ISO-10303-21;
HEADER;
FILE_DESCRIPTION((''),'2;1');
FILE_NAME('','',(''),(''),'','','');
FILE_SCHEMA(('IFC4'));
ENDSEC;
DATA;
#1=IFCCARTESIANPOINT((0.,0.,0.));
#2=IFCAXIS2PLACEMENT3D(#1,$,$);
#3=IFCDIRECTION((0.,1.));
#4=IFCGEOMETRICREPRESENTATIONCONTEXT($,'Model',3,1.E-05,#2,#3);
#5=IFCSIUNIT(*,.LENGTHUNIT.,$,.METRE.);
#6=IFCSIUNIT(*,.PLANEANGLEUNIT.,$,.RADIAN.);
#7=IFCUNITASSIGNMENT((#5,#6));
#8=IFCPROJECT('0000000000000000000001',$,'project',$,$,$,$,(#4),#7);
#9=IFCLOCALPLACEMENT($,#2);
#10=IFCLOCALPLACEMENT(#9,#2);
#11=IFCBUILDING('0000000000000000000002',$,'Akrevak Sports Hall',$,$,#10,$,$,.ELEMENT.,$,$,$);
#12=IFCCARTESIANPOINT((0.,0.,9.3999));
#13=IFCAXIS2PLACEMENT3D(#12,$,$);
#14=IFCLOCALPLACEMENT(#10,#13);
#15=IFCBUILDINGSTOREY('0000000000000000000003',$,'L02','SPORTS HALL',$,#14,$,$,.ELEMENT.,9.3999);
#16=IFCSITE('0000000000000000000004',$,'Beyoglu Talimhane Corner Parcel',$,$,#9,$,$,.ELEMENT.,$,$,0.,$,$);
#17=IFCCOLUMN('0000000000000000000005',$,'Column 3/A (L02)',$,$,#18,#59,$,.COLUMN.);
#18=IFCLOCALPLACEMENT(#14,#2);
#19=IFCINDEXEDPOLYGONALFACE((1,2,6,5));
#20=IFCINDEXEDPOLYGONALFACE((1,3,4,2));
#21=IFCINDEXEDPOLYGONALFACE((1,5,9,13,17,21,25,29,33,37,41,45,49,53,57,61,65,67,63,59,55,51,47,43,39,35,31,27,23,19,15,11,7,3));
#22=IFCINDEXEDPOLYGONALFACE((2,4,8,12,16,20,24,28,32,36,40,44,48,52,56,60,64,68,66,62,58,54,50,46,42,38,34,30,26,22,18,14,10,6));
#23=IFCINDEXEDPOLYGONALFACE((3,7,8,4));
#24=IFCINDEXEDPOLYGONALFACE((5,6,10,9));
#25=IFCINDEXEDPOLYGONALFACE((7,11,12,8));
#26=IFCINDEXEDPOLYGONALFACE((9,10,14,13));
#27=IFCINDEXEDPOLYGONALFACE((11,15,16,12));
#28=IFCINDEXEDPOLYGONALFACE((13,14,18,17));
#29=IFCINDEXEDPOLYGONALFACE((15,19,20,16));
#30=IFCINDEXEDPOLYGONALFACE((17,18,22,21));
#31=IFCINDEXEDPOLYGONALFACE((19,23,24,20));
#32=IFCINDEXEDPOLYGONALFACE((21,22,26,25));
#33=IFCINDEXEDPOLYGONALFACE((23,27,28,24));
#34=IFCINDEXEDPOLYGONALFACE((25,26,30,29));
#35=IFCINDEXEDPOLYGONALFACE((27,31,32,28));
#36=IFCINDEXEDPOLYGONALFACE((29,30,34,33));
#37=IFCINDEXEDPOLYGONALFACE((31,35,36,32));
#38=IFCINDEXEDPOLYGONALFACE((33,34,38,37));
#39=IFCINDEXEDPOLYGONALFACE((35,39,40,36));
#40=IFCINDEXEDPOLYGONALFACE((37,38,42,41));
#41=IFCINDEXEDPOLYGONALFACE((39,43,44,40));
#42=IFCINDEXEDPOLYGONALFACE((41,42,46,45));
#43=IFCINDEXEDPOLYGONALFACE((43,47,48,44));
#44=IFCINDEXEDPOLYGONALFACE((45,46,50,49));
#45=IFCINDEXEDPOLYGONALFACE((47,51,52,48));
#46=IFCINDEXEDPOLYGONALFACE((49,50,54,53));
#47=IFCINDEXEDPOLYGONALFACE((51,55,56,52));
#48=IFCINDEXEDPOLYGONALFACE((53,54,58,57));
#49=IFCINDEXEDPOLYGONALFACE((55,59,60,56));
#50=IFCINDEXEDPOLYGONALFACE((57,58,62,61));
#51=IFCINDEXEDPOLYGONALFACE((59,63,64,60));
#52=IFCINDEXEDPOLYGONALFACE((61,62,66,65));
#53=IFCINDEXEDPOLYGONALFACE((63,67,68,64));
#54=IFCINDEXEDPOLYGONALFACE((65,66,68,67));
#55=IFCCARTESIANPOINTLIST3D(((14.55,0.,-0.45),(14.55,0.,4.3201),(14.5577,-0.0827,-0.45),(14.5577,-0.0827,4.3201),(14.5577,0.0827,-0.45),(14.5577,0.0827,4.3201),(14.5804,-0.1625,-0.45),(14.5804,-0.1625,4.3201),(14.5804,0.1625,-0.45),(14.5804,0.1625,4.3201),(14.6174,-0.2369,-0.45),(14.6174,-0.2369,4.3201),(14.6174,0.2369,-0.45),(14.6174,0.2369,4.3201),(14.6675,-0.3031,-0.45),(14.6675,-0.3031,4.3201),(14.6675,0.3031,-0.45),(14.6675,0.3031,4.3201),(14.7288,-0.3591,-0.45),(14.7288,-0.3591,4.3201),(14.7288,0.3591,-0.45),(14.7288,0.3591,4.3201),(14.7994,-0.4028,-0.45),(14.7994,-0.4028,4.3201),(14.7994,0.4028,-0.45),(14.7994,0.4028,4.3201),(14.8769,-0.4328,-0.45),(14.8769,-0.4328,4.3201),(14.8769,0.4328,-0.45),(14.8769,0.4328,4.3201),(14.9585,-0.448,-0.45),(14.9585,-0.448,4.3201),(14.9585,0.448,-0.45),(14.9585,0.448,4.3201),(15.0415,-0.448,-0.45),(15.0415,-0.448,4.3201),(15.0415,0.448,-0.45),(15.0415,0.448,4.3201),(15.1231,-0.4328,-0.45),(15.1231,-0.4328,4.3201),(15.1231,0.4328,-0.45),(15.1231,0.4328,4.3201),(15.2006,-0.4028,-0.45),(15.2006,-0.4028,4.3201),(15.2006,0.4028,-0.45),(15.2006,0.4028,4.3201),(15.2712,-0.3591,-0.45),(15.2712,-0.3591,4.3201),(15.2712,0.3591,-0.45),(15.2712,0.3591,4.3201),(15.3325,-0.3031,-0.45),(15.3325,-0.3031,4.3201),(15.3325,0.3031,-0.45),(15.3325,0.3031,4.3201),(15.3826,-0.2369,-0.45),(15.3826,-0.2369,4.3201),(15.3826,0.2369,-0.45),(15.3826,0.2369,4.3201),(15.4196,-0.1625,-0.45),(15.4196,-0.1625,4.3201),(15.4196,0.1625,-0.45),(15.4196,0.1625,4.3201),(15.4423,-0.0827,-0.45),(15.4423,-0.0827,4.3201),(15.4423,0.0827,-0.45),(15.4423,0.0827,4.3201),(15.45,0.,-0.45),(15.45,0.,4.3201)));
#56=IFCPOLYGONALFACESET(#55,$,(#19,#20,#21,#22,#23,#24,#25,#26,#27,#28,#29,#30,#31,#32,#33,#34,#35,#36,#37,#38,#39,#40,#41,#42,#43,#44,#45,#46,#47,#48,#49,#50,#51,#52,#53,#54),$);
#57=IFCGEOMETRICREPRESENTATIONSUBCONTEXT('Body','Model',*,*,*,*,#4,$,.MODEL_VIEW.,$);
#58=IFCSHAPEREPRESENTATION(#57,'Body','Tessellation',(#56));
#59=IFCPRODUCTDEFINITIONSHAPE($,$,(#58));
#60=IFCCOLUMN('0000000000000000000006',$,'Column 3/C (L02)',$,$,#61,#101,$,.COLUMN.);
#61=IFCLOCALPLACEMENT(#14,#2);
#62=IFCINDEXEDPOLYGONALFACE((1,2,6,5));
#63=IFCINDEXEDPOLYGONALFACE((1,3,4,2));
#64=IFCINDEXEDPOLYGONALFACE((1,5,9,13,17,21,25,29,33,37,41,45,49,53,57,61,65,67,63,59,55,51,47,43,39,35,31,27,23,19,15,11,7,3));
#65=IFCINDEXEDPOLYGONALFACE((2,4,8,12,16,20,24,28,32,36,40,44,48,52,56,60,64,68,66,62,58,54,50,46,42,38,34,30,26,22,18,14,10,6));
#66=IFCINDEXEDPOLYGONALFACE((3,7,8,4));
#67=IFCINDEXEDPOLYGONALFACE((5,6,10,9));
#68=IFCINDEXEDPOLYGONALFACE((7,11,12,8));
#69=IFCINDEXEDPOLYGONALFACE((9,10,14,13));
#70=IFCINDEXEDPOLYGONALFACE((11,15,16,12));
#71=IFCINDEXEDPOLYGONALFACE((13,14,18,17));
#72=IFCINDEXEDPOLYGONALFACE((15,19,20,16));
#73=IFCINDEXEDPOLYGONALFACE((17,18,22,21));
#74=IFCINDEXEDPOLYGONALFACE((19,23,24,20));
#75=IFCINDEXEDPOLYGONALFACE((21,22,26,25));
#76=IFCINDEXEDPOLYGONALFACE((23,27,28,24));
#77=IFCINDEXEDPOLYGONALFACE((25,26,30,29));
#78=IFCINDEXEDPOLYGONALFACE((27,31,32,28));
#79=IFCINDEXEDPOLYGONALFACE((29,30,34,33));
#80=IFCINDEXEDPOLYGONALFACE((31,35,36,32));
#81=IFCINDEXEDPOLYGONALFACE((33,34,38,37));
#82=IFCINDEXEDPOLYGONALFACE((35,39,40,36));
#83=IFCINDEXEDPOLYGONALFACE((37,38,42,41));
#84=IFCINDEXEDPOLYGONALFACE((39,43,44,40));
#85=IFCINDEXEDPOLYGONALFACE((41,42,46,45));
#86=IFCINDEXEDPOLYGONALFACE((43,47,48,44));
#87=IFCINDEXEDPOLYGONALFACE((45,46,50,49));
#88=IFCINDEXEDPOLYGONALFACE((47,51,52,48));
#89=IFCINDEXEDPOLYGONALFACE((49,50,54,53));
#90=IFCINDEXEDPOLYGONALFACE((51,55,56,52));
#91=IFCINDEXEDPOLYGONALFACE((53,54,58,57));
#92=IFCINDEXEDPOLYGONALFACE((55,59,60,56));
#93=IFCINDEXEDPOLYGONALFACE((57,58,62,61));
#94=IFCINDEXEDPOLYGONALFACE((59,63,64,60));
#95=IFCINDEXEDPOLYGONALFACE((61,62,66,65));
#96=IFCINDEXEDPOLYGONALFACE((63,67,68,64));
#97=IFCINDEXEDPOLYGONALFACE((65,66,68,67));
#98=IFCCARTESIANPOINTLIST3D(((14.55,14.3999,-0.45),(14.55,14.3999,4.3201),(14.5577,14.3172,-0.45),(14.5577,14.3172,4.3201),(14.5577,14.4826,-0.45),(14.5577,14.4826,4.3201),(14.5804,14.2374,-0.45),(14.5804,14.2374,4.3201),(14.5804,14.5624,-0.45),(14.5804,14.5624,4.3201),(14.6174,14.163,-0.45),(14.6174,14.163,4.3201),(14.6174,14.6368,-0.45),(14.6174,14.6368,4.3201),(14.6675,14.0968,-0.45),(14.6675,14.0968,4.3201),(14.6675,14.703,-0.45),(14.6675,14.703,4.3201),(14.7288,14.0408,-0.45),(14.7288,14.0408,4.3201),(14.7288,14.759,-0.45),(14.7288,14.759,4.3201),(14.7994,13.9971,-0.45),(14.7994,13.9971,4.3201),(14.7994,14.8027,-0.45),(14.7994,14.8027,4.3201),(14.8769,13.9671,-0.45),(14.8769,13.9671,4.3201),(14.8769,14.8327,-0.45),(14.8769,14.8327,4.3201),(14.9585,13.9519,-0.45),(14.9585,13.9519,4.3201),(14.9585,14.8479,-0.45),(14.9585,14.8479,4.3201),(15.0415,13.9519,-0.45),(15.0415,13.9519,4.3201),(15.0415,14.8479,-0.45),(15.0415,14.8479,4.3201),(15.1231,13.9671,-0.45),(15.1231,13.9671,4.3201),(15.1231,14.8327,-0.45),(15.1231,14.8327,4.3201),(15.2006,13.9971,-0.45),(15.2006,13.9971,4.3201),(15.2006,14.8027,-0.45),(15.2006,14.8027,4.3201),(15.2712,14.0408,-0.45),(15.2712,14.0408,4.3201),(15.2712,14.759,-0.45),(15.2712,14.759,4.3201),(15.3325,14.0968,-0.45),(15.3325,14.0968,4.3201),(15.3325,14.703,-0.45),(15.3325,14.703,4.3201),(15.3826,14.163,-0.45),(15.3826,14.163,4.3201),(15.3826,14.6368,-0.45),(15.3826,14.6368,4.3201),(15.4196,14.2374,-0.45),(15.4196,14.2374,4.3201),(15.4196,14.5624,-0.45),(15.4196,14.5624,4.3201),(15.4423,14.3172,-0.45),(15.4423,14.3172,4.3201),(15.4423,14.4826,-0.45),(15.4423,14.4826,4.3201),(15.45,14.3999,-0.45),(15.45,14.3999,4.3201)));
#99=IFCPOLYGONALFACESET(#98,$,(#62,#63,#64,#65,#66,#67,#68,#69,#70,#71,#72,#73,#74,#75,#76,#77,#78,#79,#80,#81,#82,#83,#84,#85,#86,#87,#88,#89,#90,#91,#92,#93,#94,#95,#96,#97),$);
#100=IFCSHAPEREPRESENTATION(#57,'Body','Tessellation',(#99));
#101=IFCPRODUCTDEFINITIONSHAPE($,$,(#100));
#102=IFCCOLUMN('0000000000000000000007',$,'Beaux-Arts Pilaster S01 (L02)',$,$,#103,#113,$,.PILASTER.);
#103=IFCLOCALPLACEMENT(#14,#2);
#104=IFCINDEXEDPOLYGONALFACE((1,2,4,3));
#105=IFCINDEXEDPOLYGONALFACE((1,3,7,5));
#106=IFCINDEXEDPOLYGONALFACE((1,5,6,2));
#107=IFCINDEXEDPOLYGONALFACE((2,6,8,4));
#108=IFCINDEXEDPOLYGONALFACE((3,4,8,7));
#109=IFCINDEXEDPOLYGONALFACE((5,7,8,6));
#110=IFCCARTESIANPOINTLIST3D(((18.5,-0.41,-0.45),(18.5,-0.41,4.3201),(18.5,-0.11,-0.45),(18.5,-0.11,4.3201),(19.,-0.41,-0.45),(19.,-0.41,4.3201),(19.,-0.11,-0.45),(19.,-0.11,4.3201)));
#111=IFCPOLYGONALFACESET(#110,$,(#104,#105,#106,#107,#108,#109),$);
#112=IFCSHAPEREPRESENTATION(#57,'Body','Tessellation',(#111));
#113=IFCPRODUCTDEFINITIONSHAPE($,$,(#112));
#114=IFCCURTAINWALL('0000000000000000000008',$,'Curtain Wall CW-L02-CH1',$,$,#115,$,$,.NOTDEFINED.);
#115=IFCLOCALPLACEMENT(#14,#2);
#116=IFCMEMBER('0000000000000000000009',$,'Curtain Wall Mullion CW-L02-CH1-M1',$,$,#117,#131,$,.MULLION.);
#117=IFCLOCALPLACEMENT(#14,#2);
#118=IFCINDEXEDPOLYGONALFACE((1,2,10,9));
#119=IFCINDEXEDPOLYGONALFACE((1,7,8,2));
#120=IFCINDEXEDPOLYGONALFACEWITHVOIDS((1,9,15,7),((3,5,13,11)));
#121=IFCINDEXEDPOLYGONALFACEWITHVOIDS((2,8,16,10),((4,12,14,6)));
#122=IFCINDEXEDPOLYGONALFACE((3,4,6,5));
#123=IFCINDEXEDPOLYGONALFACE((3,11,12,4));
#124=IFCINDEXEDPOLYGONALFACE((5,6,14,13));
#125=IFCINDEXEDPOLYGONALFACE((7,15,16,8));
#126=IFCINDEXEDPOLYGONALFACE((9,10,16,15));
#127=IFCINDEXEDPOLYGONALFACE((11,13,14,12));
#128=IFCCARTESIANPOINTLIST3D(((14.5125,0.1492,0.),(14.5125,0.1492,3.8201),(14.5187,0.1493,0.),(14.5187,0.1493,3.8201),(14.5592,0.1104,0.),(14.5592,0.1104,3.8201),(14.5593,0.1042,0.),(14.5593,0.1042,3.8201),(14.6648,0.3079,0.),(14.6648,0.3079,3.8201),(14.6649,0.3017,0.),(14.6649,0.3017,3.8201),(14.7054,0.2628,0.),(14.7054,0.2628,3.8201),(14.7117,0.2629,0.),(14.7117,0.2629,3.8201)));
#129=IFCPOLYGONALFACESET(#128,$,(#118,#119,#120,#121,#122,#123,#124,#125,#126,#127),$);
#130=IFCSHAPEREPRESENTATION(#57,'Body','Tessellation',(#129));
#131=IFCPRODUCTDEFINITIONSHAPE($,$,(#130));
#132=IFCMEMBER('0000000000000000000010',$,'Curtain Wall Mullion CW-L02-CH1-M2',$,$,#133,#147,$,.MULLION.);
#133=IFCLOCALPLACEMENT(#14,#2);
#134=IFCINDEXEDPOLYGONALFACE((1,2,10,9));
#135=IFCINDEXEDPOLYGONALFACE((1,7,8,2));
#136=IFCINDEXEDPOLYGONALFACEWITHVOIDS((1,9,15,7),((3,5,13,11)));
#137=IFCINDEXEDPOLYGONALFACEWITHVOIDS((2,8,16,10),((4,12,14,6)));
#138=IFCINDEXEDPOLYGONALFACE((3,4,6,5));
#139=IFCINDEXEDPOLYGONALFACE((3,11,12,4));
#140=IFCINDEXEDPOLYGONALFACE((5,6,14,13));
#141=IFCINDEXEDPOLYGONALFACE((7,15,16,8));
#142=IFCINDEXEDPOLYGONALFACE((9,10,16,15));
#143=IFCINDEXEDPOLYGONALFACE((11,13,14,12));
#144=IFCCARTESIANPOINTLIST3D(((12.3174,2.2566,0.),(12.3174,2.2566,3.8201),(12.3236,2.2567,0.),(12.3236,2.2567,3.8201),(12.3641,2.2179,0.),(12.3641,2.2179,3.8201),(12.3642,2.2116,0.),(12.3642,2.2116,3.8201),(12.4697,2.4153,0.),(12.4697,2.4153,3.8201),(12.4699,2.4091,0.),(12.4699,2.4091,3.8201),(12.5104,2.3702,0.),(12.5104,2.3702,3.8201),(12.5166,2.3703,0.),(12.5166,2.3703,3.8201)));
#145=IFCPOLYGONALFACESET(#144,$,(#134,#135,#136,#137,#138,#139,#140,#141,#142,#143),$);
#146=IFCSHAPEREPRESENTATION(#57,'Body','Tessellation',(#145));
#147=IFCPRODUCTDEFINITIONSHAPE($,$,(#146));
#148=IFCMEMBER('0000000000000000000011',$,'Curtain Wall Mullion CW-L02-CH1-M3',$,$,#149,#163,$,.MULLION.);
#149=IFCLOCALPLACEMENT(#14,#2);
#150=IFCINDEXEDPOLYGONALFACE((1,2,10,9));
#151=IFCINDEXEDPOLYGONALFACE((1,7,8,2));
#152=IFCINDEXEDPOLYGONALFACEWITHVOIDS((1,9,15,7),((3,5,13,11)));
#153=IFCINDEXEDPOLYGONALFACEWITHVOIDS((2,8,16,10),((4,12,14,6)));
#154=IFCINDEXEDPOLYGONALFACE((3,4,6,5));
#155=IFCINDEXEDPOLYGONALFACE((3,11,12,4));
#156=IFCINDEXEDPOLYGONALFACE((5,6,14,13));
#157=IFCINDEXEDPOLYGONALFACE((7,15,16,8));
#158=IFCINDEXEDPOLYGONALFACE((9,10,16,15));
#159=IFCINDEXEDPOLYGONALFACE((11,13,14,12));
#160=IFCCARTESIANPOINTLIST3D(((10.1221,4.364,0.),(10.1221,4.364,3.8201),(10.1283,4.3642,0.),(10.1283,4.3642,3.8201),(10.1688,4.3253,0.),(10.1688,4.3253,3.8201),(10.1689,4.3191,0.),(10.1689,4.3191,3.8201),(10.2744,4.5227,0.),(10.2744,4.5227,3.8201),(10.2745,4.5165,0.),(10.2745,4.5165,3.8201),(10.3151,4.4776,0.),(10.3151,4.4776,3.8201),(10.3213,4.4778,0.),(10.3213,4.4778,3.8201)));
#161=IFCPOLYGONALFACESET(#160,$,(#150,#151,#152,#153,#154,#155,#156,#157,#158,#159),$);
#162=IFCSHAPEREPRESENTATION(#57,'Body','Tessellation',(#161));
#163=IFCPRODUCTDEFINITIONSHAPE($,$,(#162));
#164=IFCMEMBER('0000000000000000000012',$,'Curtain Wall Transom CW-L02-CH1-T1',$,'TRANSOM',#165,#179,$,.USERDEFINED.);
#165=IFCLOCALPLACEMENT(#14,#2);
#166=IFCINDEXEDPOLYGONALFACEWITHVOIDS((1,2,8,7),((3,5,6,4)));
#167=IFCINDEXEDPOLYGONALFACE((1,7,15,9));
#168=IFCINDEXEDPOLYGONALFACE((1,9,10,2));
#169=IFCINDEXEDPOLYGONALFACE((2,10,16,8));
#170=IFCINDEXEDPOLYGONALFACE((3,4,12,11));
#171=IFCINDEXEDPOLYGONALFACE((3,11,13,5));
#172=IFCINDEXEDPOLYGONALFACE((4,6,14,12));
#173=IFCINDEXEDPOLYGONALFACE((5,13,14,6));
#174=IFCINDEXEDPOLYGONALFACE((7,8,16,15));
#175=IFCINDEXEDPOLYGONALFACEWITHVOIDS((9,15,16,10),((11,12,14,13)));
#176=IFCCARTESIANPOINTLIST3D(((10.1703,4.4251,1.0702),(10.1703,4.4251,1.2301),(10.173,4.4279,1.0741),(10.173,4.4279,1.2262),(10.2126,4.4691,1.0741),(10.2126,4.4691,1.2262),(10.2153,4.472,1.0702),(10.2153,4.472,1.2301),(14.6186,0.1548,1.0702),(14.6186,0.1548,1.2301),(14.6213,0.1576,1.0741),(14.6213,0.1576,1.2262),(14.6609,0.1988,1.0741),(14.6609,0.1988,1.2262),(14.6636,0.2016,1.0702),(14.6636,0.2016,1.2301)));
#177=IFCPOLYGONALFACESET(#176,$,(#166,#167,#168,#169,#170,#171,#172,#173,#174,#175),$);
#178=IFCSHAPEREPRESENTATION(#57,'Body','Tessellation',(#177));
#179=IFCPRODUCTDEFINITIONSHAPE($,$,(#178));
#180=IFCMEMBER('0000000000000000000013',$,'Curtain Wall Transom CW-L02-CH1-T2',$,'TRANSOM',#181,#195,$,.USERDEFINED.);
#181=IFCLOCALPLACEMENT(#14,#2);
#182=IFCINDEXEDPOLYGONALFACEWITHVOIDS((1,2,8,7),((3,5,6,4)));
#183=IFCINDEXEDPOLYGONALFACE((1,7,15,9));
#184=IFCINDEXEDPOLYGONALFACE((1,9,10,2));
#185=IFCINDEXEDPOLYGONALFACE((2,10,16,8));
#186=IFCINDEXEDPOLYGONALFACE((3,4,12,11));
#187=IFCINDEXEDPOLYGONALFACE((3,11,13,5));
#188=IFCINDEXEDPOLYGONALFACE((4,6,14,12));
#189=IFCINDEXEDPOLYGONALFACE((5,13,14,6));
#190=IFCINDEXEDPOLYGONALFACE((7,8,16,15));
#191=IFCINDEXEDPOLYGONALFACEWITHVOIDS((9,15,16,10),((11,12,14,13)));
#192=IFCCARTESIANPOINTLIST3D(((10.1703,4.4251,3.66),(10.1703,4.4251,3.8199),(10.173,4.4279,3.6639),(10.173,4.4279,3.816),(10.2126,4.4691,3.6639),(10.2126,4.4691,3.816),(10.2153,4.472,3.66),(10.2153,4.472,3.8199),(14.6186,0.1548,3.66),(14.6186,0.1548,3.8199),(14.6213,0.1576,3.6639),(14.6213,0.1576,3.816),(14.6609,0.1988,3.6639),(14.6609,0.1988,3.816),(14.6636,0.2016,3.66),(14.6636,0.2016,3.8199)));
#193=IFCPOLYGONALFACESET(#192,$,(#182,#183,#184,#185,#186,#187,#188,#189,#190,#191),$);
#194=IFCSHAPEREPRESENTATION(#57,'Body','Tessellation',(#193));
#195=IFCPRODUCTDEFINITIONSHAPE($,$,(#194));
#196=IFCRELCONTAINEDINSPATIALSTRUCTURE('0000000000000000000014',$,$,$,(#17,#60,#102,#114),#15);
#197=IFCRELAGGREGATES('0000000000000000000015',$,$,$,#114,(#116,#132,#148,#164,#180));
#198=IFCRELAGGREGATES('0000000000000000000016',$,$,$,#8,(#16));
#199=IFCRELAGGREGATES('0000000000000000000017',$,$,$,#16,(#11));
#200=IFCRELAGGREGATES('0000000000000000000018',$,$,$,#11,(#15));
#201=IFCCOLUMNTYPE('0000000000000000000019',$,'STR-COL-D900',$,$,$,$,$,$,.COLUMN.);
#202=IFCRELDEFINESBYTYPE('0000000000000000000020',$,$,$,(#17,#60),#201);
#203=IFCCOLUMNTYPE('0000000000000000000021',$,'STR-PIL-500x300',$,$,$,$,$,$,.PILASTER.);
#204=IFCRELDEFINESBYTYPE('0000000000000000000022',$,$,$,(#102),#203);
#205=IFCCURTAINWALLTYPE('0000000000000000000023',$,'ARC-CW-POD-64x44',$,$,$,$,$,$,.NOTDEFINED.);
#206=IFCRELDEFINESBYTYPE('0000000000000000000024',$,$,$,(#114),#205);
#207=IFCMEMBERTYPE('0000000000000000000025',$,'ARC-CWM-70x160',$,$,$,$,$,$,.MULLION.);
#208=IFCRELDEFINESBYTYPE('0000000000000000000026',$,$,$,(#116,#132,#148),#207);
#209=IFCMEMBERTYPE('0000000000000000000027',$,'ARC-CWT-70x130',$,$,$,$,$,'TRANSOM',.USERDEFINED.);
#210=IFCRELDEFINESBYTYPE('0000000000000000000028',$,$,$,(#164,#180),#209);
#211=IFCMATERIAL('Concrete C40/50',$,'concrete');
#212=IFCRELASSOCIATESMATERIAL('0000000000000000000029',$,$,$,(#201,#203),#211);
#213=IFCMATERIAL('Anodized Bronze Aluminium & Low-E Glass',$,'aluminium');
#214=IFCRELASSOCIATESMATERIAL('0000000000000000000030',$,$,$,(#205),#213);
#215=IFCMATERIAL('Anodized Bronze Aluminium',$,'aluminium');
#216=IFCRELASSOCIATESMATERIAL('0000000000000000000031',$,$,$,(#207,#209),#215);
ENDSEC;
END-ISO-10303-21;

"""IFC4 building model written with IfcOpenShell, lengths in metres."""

from ifc_helpers import new_model, si_unit, direction, frame, origin, origin_2d, place, context, subcontext, project, spatial, rectangle, hollow_rectangle, circle, extrude, material, material_profile, profile_set, type_object, element, aggregate, save


model = new_model("IFC4")

# Units and contexts
model_context = context("Model", 3, precision=1e-05, world=origin(), true_north=direction((0.0, 1.0)))
body_context = subcontext(model_context, "Body", "Model", "MODEL_VIEW")
ifc_project = project(units=[si_unit("LENGTHUNIT", "METRE"), si_unit("PLANEANGLEUNIT", "RADIAN")], contexts=[model_context])

# Site, building, storey
site_placement = place(None, origin())
site = spatial("IfcSite", under=ifc_project, at=site_placement, Name="Beyoglu Talimhane Corner Parcel", CompositionType="ELEMENT", RefElevation=0.0)
building_placement = place(site_placement, origin())
building = spatial("IfcBuilding", under=site, at=building_placement, Name="Akrevak Sports Hall", CompositionType="ELEMENT")
storey_placement = place(building_placement, frame((0.0, 0.0, 9.3999)))
storey = spatial("IfcBuildingStorey", under=building, at=storey_placement, Name="L02", Description="SPORTS HALL", CompositionType="ELEMENT", Elevation=9.3999)

# Columns
ifc_material_1 = material(Name="Concrete C40/50", Category="concrete")
ifc_material_profile_1 = material_profile(ifc_material_1, circle(Radius=0.45, at=origin_2d()), Name="COL D900", Category="concrete")
ifc_profile_set_1 = profile_set([ifc_material_profile_1], Name="Concrete C40/50")
column_type_1 = type_object("IfcColumnType", Name="STR-COL-D900", PredefinedType="COLUMN", material=ifc_profile_set_1)
for number, where, z_axis, x_axis, name in (
    (1, (15.0, 0.0, -0.45), (0.0, 0.0, 1.0), (1.0, 0.0, 0.0), "Column 3/A (L02)"),
    (2, (15.0, 14.3999, -0.45), (0.0, 0.0, 1.0), (1.0, 0.0, 0.0), "Column 3/C (L02)"),
):
    element("IfcColumn", number, at=place(storey_placement, frame(where, z_axis=z_axis, x_axis=x_axis)), inside=storey, type_object=column_type_1, Name=name, PredefinedType="COLUMN", context=body_context, shape_type="SweptSolid", body=[
        extrude(circle(Radius=0.45, at=origin_2d()), origin(), (0.0, 0.0, 1.0), 4.77),
    ])
ifc_material_profile_2 = material_profile(ifc_material_1, rectangle(XDim=0.5, YDim=0.3, at=origin_2d()), Name="PIL 500x300", Category="concrete")
ifc_profile_set_2 = profile_set([ifc_material_profile_2], Name="Concrete C40/50")
column_type_2 = type_object("IfcColumnType", Name="STR-PIL-500x300", PredefinedType="PILASTER", material=ifc_profile_set_2)
column_placement = place(storey_placement, frame((18.75, -0.26, -0.45), z_axis=(0.0, 0.0, 1.0), x_axis=(1.0, 0.0, 0.0)))
element("IfcColumn", 3, at=column_placement, inside=storey, type_object=column_type_2, Name="Beaux-Arts Pilaster S01 (L02)", PredefinedType="PILASTER", context=body_context, shape_type="SweptSolid", body=[
    extrude(rectangle(XDim=0.5, YDim=0.3, at=origin_2d()), origin(), (0.0, 0.0, 1.0), 4.77),
])

# Curtain wall, members
ifc_material_2 = material(Name="Anodized Bronze Aluminium & Low-E Glass", Category="aluminium")
curtain_wall_type = type_object("IfcCurtainWallType", Name="ARC-CW-POD-64x44", PredefinedType="NOTDEFINED", material=ifc_material_2)
curtain_wall_placement = place(storey_placement, origin())
curtain_wall = element("IfcCurtainWall", 4, at=curtain_wall_placement, inside=storey, type_object=curtain_wall_type, Name="Curtain Wall CW-L02-CH1", PredefinedType="NOTDEFINED")
ifc_material_3 = material(Name="Anodized Bronze Aluminium", Category="aluminium")
ifc_material_profile_3 = material_profile(ifc_material_3, hollow_rectangle(XDim=0.0649, YDim=0.22, WallThickness=0.0044, at=origin_2d()), Name="CWM 65x220", Category="aluminium")
ifc_profile_set_3 = profile_set([ifc_material_profile_3], Name="Anodized Bronze Aluminium")
member_type_1 = type_object("IfcMemberType", Name="ARC-CWM-70x160", PredefinedType="MULLION", material=ifc_profile_set_3)
member_1_placement = place(storey_placement, frame((14.6121, 0.2061, 0.0), z_axis=(0.0, 0.0, 1.0), x_axis=(-0.721398, 0.692521, 0.0)))
member_1 = element("IfcMember", 5, at=member_1_placement, type_object=member_type_1, Name="Curtain Wall Mullion CW-L02-CH1-M1", PredefinedType="MULLION", context=body_context, shape_type="SweptSolid", body=[
    extrude(hollow_rectangle(XDim=0.0649, YDim=0.22, WallThickness=0.0044, at=origin_2d()), origin(), (0.0, 0.0, 1.0), 3.8201),
])
member_2_placement = place(storey_placement, frame((12.417, 2.3135, 0.0), z_axis=(0.0, 0.0, 1.0), x_axis=(-0.721398, 0.692521, 0.0)))
member_2 = element("IfcMember", 6, at=member_2_placement, type_object=member_type_1, Name="Curtain Wall Mullion CW-L02-CH1-M2", PredefinedType="MULLION", context=body_context, shape_type="SweptSolid", body=[
    extrude(hollow_rectangle(XDim=0.0649, YDim=0.22, WallThickness=0.0044, at=origin_2d()), origin(), (0.0, 0.0, 1.0), 3.8201),
])
member_3_placement = place(storey_placement, frame((10.2217, 4.4209, 0.0), z_axis=(0.0, 0.0, 1.0), x_axis=(-0.721398, 0.692521, 0.0)))
member_3 = element("IfcMember", 7, at=member_3_placement, type_object=member_type_1, Name="Curtain Wall Mullion CW-L02-CH1-M3", PredefinedType="MULLION", context=body_context, shape_type="SweptSolid", body=[
    extrude(hollow_rectangle(XDim=0.0649, YDim=0.22, WallThickness=0.0044, at=origin_2d()), origin(), (0.0, 0.0, 1.0), 3.8201),
])
ifc_material_profile_4 = material_profile(ifc_material_3, hollow_rectangle(XDim=0.0649, YDim=0.1599, WallThickness=0.0039, at=origin_2d()), Name="CWT 65x160", Category="aluminium")
ifc_profile_set_4 = profile_set([ifc_material_profile_4], Name="Anodized Bronze Aluminium")
member_type_2 = type_object("IfcMemberType", Name="ARC-CWT-70x130", ElementType="TRANSOM", PredefinedType="USERDEFINED", material=ifc_profile_set_4)
member_4_placement = place(storey_placement, frame((14.6411, 0.1782, 1.1501), z_axis=(-0.721391, 0.692528, 0.0), x_axis=(-0.692528, -0.721391, 0.0)))
member_4 = element("IfcMember", 8, at=member_4_placement, type_object=member_type_2, Name="Curtain Wall Transom CW-L02-CH1-T1", ObjectType="TRANSOM", PredefinedType="USERDEFINED", context=body_context, shape_type="SweptSolid", body=[
    extrude(hollow_rectangle(XDim=0.0649, YDim=0.1599, WallThickness=0.0039, at=origin_2d()), origin(), (0.0, 0.0, 1.0), 6.1663),
])
member_5_placement = place(storey_placement, frame((14.6411, 0.1782, 3.74), z_axis=(-0.721391, 0.692528, 0.0), x_axis=(-0.692528, -0.721391, 0.0)))
member_5 = element("IfcMember", 9, at=member_5_placement, type_object=member_type_2, Name="Curtain Wall Transom CW-L02-CH1-T2", ObjectType="TRANSOM", PredefinedType="USERDEFINED", context=body_context, shape_type="SweptSolid", body=[
    extrude(hollow_rectangle(XDim=0.0649, YDim=0.1599, WallThickness=0.0039, at=origin_2d()), origin(), (0.0, 0.0, 1.0), 6.1663),
])

aggregate(curtain_wall, [member_1, member_2, member_3, member_4, member_5])

save(model, "model.ifc")
